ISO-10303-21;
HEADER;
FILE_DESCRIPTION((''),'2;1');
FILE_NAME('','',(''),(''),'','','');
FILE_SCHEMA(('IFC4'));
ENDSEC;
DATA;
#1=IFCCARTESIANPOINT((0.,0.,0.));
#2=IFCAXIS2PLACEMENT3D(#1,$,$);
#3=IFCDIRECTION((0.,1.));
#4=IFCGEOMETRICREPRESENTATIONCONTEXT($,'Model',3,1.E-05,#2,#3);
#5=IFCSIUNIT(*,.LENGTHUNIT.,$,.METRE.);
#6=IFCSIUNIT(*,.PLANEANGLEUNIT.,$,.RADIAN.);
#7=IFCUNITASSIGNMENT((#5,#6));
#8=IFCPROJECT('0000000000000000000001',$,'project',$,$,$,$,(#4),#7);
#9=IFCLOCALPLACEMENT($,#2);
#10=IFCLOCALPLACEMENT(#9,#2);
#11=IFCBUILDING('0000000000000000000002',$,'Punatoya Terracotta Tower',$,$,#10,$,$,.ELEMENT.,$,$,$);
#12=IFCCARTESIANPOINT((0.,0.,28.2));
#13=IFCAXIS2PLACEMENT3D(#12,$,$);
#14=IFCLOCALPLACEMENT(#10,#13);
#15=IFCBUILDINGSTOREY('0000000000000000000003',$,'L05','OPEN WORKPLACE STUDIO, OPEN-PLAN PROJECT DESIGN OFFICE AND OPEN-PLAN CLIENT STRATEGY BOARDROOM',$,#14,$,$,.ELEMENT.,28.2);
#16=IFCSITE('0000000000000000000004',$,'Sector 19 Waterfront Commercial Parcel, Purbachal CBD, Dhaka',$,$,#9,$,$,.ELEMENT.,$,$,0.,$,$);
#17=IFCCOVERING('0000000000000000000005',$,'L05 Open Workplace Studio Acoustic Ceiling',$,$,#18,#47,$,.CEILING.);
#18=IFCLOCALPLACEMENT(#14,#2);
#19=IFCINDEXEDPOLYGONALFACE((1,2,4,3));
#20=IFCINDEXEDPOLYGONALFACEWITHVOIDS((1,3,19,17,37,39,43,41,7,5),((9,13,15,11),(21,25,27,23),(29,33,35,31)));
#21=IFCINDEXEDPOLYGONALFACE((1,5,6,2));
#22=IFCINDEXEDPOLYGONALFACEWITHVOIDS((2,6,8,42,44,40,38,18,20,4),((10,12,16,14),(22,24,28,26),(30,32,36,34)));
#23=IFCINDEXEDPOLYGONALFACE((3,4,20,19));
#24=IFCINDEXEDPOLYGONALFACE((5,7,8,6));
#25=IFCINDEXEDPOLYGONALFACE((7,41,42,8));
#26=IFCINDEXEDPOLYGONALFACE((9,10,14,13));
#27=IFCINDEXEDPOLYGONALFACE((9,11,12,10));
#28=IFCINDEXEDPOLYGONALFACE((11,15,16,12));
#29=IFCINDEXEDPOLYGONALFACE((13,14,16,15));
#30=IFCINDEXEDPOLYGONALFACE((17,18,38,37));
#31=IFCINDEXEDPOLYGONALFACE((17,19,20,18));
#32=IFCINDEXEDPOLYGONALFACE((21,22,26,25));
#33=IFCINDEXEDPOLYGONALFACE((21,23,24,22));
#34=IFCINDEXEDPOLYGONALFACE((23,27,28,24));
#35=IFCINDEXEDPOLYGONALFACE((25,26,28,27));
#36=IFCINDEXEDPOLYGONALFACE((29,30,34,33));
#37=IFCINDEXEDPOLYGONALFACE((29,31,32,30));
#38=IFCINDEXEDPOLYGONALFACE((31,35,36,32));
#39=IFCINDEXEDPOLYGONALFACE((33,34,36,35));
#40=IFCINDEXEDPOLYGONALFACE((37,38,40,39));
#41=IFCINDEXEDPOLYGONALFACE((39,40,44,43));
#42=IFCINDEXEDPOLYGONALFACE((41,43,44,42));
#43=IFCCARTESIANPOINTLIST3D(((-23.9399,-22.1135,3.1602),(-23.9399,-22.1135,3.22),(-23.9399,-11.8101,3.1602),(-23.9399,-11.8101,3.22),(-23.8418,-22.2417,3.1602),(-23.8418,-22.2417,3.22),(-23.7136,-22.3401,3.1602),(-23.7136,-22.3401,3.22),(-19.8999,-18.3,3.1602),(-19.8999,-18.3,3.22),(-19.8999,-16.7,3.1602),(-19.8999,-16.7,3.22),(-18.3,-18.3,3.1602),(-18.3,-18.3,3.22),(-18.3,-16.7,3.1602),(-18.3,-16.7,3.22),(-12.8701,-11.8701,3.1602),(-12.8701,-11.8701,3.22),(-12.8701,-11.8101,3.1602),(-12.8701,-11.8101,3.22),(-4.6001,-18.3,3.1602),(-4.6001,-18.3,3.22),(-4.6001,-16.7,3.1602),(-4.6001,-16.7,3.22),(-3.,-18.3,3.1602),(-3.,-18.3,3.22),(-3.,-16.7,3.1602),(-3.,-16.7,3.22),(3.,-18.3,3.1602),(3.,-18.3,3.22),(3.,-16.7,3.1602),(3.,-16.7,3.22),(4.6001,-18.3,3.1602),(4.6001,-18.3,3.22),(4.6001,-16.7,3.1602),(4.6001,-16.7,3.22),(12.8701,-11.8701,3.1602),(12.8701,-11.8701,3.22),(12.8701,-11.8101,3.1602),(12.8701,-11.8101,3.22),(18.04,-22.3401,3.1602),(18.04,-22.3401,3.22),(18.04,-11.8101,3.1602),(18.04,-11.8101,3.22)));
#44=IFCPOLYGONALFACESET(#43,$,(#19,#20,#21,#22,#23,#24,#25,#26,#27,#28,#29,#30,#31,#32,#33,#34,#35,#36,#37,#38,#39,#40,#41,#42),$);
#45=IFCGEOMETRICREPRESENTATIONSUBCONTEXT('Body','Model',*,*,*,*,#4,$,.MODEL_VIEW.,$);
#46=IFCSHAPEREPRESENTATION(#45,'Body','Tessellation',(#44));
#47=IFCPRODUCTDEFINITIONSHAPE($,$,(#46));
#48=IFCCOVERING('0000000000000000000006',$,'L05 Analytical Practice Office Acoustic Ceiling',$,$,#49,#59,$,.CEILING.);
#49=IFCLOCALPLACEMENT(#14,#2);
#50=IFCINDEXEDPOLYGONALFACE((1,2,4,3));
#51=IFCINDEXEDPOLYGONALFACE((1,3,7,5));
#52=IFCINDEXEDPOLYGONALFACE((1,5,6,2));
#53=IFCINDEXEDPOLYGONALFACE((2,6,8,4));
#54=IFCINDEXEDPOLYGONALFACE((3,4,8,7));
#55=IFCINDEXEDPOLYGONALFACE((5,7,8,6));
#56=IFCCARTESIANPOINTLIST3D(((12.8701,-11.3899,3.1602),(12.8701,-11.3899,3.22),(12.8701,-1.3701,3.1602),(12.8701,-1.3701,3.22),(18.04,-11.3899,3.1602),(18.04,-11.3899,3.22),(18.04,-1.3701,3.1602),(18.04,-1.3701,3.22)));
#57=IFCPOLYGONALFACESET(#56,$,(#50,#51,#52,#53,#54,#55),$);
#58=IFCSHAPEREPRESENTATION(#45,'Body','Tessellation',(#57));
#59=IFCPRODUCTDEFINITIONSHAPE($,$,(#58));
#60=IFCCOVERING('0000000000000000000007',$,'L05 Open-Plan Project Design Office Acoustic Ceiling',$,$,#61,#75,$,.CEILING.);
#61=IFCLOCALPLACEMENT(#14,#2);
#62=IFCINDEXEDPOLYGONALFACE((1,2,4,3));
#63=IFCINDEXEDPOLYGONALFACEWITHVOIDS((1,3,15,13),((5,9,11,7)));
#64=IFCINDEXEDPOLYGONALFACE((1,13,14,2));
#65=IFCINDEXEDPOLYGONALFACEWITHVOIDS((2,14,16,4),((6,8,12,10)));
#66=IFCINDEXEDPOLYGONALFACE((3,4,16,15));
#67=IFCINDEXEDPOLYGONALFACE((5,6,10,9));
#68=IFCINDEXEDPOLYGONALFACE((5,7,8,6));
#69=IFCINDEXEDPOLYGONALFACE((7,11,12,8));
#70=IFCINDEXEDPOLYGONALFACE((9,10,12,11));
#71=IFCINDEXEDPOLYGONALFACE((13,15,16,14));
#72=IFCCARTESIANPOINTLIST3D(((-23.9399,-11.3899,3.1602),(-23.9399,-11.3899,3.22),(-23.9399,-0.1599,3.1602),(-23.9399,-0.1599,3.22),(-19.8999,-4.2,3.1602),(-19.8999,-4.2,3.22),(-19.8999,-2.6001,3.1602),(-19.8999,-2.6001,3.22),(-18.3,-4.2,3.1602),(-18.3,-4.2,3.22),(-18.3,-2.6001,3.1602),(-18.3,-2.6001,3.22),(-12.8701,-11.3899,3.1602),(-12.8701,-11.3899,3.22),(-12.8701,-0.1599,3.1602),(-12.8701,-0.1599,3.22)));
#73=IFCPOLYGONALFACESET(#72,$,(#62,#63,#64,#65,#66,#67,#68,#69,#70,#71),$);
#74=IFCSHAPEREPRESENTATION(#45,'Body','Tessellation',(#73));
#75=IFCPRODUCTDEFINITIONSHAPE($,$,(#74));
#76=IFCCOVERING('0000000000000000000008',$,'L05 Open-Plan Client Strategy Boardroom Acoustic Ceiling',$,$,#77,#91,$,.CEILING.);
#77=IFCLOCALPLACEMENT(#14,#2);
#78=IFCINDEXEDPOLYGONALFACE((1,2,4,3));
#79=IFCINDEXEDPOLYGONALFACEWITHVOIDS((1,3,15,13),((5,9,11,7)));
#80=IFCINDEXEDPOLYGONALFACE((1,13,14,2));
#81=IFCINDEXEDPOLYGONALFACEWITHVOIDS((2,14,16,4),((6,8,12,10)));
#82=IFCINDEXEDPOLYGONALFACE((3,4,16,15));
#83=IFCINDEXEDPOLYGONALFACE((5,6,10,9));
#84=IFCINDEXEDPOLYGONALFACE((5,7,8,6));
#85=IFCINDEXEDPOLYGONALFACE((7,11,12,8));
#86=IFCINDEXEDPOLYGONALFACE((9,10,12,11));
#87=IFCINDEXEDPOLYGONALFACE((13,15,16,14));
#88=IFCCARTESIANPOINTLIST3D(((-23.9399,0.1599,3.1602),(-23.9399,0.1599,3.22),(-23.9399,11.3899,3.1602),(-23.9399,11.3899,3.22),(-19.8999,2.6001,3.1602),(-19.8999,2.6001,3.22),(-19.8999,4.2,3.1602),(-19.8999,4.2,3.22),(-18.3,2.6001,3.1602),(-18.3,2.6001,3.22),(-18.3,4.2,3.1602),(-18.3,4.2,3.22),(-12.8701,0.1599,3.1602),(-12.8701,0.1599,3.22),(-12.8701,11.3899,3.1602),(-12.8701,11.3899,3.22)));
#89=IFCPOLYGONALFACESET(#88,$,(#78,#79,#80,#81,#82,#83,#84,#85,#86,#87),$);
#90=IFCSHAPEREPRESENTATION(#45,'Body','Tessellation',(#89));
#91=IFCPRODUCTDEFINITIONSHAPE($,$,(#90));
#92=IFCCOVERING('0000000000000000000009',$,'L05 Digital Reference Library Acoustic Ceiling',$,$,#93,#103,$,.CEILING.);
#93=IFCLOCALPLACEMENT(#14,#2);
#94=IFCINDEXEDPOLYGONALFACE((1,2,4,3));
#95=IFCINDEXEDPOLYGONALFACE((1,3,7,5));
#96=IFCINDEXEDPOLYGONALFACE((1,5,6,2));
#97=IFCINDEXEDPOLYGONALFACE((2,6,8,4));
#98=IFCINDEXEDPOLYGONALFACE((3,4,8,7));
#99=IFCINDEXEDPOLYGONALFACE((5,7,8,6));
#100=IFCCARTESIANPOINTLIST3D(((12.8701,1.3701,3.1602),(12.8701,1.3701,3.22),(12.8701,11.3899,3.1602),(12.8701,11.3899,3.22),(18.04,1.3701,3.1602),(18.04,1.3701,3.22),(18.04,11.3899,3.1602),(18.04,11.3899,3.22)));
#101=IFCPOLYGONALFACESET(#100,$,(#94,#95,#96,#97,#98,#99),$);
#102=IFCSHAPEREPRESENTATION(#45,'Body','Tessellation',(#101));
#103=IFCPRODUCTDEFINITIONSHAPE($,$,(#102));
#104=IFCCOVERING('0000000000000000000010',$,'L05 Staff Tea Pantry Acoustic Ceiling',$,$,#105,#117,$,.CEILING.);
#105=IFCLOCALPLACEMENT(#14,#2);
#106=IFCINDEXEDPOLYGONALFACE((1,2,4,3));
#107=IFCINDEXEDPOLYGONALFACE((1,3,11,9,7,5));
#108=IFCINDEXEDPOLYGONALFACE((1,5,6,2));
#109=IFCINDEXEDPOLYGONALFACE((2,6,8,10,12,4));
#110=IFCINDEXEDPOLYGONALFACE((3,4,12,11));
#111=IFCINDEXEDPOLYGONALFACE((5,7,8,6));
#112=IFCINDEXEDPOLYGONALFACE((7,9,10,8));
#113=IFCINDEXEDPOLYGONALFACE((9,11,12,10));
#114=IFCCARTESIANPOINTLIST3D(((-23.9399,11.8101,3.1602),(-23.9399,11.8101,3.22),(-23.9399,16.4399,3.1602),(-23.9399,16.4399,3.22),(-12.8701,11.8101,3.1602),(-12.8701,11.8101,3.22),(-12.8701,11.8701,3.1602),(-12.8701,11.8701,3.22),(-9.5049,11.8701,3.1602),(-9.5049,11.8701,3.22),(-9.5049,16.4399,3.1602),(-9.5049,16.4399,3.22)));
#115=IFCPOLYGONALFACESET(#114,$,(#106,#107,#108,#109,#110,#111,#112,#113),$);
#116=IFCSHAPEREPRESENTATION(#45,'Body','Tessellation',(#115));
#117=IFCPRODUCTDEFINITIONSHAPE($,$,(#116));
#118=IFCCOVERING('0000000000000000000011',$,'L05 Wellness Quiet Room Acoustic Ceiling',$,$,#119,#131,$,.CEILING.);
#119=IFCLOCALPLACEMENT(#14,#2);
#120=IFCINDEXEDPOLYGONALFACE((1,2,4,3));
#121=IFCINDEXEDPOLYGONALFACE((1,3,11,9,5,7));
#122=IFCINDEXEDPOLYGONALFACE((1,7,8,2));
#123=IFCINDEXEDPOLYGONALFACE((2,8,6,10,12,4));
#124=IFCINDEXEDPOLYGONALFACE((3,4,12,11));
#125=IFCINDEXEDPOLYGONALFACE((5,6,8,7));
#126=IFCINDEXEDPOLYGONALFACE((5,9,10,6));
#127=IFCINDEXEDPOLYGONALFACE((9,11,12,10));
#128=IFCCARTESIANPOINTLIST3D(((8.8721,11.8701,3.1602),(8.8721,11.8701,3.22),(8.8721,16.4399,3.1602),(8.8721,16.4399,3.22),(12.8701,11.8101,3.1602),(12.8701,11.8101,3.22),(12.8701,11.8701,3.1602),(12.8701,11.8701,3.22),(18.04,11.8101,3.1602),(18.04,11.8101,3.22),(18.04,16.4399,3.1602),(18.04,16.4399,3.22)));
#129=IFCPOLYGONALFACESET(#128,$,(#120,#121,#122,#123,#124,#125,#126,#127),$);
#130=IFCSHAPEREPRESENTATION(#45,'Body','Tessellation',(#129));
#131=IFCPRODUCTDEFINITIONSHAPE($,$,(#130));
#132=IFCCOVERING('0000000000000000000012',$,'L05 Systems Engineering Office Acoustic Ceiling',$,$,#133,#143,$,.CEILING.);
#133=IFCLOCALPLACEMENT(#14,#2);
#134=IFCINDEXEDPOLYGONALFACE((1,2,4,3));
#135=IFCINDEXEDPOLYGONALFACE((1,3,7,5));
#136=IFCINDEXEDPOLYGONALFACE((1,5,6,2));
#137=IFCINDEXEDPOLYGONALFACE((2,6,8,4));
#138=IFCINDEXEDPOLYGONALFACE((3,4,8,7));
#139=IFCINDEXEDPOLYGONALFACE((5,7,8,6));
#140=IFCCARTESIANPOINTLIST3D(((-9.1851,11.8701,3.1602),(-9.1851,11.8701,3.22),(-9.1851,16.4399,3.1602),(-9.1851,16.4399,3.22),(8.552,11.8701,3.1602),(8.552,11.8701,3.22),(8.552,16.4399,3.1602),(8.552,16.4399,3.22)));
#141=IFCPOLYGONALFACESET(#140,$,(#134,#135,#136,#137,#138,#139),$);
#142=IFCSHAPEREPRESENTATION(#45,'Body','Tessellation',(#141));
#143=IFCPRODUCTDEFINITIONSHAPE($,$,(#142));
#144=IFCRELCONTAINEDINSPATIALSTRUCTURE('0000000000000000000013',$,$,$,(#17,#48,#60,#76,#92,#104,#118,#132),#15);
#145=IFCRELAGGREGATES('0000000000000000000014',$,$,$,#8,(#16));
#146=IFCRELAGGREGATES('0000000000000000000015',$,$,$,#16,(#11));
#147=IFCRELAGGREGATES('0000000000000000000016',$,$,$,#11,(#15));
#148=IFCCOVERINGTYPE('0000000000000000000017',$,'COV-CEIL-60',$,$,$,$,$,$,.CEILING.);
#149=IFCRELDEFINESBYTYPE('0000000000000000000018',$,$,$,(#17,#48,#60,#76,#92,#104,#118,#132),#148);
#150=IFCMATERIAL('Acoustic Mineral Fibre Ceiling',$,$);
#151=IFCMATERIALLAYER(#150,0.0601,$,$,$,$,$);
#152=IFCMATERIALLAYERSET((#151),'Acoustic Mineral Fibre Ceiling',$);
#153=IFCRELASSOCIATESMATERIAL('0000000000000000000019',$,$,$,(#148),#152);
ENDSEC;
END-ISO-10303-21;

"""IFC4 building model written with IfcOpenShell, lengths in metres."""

from ifc_helpers import new_model, si_unit, direction, frame, origin, place, context, subcontext, project, spatial, polyline, outline, extrude, material, layer, layer_set, type_object, element, save


model = new_model("IFC4")

# Units and contexts
model_context = context("Model", 3, precision=1e-05, world=origin(), true_north=direction((0.0, 1.0)))
body_context = subcontext(model_context, "Body", "Model", "MODEL_VIEW")
ifc_project = project(units=[si_unit("LENGTHUNIT", "METRE"), si_unit("PLANEANGLEUNIT", "RADIAN")], contexts=[model_context])

# Site, building, storey
site_placement = place(None, origin())
site = spatial("IfcSite", under=ifc_project, at=site_placement, Name="Sector 19 Waterfront Commercial Parcel, Purbachal CBD, Dhaka", CompositionType="ELEMENT", RefElevation=0.0)
building_placement = place(site_placement, origin())
building = spatial("IfcBuilding", under=site, at=building_placement, Name="Punatoya Terracotta Tower", CompositionType="ELEMENT")
storey_placement = place(building_placement, frame((0.0, 0.0, 28.2)))
storey = spatial("IfcBuildingStorey", under=building, at=storey_placement, Name="L05", Description="OPEN WORKPLACE STUDIO, OPEN-PLAN PROJECT DESIGN OFFICE AND OPEN-PLAN CLIENT STRATEGY BOARDROOM", CompositionType="ELEMENT", Elevation=28.2)

# Coverings
ifc_material_1 = material(Name="Acoustic Mineral Fibre Ceiling")
ifc_layer_1 = layer(ifc_material_1, 0.0601)
ifc_layer_set_1 = layer_set([ifc_layer_1], Name="Acoustic Mineral Fibre Ceiling")
covering_type = type_object("IfcCoveringType", Name="COV-CEIL-60", PredefinedType="CEILING", material=ifc_layer_set_1)
covering_1_placement = place(storey_placement, frame((0.0, 0.0, 3.1602)))
element("IfcCovering", 1, at=covering_1_placement, inside=storey, type_object=covering_type, Name="L05 Open Workplace Studio Acoustic Ceiling", PredefinedType="CEILING", context=body_context, shape_type="SweptSolid", body=[
    extrude(outline(polyline([(-12.8701, -11.8701), (-12.8701, -11.8101), (-23.9399, -11.8101), (-23.9399, -22.1135), (-23.8418, -22.2417), (-23.7136, -22.3401), (18.04, -22.3401), (18.04, -11.8101), (12.8701, -11.8101), (12.8701, -11.8701), (-12.8701, -11.8701)]), holes=[polyline([(4.6001, -16.7), (4.6001, -18.3), (3.0, -18.3), (3.0, -16.7), (4.6001, -16.7)]), polyline([(-4.6001, -16.7), (-3.0, -16.7), (-3.0, -18.3), (-4.6001, -18.3), (-4.6001, -16.7)]), polyline([(-19.8999, -18.3), (-19.8999, -16.7), (-18.3, -16.7), (-18.3, -18.3), (-19.8999, -18.3)])]), origin(), (0.0, 0.0, 1.0), 0.0598),
])
covering_2_placement = place(storey_placement, frame((0.0, 0.0, 3.1602)))
element("IfcCovering", 2, at=covering_2_placement, inside=storey, type_object=covering_type, Name="L05 Analytical Practice Office Acoustic Ceiling", PredefinedType="CEILING", context=body_context, shape_type="SweptSolid", body=[
    extrude(outline(polyline([(12.8701, -1.3701), (12.8701, -11.3899), (18.04, -11.3899), (18.04, -1.3701), (12.8701, -1.3701)])), origin(), (0.0, 0.0, 1.0), 0.0598),
])
covering_3_placement = place(storey_placement, frame((0.0, 0.0, 3.1602)))
element("IfcCovering", 3, at=covering_3_placement, inside=storey, type_object=covering_type, Name="L05 Open-Plan Project Design Office Acoustic Ceiling", PredefinedType="CEILING", context=body_context, shape_type="SweptSolid", body=[
    extrude(outline(polyline([(-23.9399, -0.1599), (-23.9399, -11.3899), (-12.8701, -11.3899), (-12.8701, -0.1599), (-23.9399, -0.1599)]), holes=[polyline([(-18.3, -4.2), (-19.8999, -4.2), (-19.8999, -2.6001), (-18.3, -2.6001), (-18.3, -4.2)])]), origin(), (0.0, 0.0, 1.0), 0.0598),
])
covering_4_placement = place(storey_placement, frame((0.0, 0.0, 3.1602)))
element("IfcCovering", 4, at=covering_4_placement, inside=storey, type_object=covering_type, Name="L05 Open-Plan Client Strategy Boardroom Acoustic Ceiling", PredefinedType="CEILING", context=body_context, shape_type="SweptSolid", body=[
    extrude(outline(polyline([(-23.9399, 11.3899), (-23.9399, 0.1599), (-12.8701, 0.1599), (-12.8701, 11.3899), (-23.9399, 11.3899)]), holes=[polyline([(-18.3, 4.2), (-18.3, 2.6001), (-19.8999, 2.6001), (-19.8999, 4.2), (-18.3, 4.2)])]), origin(), (0.0, 0.0, 1.0), 0.0598),
])
covering_5_placement = place(storey_placement, frame((0.0, 0.0, 3.1602)))
element("IfcCovering", 5, at=covering_5_placement, inside=storey, type_object=covering_type, Name="L05 Digital Reference Library Acoustic Ceiling", PredefinedType="CEILING", context=body_context, shape_type="SweptSolid", body=[
    extrude(outline(polyline([(12.8701, 1.3701), (18.04, 1.3701), (18.04, 11.3899), (12.8701, 11.3899), (12.8701, 1.3701)])), origin(), (0.0, 0.0, 1.0), 0.0598),
])
covering_6_placement = place(storey_placement, frame((0.0, 0.0, 3.1602)))
element("IfcCovering", 6, at=covering_6_placement, inside=storey, type_object=covering_type, Name="L05 Staff Tea Pantry Acoustic Ceiling", PredefinedType="CEILING", context=body_context, shape_type="SweptSolid", body=[
    extrude(outline(polyline([(-12.8701, 11.8101), (-12.8701, 11.8701), (-9.5049, 11.8701), (-9.5049, 16.4399), (-23.9399, 16.4399), (-23.9399, 11.8101), (-12.8701, 11.8101)])), origin(), (0.0, 0.0, 1.0), 0.0598),
])
covering_7_placement = place(storey_placement, frame((0.0, 0.0, 3.1602)))
element("IfcCovering", 7, at=covering_7_placement, inside=storey, type_object=covering_type, Name="L05 Wellness Quiet Room Acoustic Ceiling", PredefinedType="CEILING", context=body_context, shape_type="SweptSolid", body=[
    extrude(outline(polyline([(8.8721, 11.8701), (12.8701, 11.8701), (12.8701, 11.8101), (18.04, 11.8101), (18.04, 16.4399), (8.8721, 16.4399), (8.8721, 11.8701)])), origin(), (0.0, 0.0, 1.0), 0.0598),
])
covering_8_placement = place(storey_placement, frame((0.0, 0.0, 3.1602)))
element("IfcCovering", 8, at=covering_8_placement, inside=storey, type_object=covering_type, Name="L05 Systems Engineering Office Acoustic Ceiling", PredefinedType="CEILING", context=body_context, shape_type="SweptSolid", body=[
    extrude(outline(polyline([(8.552, 16.4399), (-9.1851, 16.4399), (-9.1851, 11.8701), (8.552, 11.8701), (8.552, 16.4399)])), origin(), (0.0, 0.0, 1.0), 0.0598),
])

save(model, "model.ifc")
